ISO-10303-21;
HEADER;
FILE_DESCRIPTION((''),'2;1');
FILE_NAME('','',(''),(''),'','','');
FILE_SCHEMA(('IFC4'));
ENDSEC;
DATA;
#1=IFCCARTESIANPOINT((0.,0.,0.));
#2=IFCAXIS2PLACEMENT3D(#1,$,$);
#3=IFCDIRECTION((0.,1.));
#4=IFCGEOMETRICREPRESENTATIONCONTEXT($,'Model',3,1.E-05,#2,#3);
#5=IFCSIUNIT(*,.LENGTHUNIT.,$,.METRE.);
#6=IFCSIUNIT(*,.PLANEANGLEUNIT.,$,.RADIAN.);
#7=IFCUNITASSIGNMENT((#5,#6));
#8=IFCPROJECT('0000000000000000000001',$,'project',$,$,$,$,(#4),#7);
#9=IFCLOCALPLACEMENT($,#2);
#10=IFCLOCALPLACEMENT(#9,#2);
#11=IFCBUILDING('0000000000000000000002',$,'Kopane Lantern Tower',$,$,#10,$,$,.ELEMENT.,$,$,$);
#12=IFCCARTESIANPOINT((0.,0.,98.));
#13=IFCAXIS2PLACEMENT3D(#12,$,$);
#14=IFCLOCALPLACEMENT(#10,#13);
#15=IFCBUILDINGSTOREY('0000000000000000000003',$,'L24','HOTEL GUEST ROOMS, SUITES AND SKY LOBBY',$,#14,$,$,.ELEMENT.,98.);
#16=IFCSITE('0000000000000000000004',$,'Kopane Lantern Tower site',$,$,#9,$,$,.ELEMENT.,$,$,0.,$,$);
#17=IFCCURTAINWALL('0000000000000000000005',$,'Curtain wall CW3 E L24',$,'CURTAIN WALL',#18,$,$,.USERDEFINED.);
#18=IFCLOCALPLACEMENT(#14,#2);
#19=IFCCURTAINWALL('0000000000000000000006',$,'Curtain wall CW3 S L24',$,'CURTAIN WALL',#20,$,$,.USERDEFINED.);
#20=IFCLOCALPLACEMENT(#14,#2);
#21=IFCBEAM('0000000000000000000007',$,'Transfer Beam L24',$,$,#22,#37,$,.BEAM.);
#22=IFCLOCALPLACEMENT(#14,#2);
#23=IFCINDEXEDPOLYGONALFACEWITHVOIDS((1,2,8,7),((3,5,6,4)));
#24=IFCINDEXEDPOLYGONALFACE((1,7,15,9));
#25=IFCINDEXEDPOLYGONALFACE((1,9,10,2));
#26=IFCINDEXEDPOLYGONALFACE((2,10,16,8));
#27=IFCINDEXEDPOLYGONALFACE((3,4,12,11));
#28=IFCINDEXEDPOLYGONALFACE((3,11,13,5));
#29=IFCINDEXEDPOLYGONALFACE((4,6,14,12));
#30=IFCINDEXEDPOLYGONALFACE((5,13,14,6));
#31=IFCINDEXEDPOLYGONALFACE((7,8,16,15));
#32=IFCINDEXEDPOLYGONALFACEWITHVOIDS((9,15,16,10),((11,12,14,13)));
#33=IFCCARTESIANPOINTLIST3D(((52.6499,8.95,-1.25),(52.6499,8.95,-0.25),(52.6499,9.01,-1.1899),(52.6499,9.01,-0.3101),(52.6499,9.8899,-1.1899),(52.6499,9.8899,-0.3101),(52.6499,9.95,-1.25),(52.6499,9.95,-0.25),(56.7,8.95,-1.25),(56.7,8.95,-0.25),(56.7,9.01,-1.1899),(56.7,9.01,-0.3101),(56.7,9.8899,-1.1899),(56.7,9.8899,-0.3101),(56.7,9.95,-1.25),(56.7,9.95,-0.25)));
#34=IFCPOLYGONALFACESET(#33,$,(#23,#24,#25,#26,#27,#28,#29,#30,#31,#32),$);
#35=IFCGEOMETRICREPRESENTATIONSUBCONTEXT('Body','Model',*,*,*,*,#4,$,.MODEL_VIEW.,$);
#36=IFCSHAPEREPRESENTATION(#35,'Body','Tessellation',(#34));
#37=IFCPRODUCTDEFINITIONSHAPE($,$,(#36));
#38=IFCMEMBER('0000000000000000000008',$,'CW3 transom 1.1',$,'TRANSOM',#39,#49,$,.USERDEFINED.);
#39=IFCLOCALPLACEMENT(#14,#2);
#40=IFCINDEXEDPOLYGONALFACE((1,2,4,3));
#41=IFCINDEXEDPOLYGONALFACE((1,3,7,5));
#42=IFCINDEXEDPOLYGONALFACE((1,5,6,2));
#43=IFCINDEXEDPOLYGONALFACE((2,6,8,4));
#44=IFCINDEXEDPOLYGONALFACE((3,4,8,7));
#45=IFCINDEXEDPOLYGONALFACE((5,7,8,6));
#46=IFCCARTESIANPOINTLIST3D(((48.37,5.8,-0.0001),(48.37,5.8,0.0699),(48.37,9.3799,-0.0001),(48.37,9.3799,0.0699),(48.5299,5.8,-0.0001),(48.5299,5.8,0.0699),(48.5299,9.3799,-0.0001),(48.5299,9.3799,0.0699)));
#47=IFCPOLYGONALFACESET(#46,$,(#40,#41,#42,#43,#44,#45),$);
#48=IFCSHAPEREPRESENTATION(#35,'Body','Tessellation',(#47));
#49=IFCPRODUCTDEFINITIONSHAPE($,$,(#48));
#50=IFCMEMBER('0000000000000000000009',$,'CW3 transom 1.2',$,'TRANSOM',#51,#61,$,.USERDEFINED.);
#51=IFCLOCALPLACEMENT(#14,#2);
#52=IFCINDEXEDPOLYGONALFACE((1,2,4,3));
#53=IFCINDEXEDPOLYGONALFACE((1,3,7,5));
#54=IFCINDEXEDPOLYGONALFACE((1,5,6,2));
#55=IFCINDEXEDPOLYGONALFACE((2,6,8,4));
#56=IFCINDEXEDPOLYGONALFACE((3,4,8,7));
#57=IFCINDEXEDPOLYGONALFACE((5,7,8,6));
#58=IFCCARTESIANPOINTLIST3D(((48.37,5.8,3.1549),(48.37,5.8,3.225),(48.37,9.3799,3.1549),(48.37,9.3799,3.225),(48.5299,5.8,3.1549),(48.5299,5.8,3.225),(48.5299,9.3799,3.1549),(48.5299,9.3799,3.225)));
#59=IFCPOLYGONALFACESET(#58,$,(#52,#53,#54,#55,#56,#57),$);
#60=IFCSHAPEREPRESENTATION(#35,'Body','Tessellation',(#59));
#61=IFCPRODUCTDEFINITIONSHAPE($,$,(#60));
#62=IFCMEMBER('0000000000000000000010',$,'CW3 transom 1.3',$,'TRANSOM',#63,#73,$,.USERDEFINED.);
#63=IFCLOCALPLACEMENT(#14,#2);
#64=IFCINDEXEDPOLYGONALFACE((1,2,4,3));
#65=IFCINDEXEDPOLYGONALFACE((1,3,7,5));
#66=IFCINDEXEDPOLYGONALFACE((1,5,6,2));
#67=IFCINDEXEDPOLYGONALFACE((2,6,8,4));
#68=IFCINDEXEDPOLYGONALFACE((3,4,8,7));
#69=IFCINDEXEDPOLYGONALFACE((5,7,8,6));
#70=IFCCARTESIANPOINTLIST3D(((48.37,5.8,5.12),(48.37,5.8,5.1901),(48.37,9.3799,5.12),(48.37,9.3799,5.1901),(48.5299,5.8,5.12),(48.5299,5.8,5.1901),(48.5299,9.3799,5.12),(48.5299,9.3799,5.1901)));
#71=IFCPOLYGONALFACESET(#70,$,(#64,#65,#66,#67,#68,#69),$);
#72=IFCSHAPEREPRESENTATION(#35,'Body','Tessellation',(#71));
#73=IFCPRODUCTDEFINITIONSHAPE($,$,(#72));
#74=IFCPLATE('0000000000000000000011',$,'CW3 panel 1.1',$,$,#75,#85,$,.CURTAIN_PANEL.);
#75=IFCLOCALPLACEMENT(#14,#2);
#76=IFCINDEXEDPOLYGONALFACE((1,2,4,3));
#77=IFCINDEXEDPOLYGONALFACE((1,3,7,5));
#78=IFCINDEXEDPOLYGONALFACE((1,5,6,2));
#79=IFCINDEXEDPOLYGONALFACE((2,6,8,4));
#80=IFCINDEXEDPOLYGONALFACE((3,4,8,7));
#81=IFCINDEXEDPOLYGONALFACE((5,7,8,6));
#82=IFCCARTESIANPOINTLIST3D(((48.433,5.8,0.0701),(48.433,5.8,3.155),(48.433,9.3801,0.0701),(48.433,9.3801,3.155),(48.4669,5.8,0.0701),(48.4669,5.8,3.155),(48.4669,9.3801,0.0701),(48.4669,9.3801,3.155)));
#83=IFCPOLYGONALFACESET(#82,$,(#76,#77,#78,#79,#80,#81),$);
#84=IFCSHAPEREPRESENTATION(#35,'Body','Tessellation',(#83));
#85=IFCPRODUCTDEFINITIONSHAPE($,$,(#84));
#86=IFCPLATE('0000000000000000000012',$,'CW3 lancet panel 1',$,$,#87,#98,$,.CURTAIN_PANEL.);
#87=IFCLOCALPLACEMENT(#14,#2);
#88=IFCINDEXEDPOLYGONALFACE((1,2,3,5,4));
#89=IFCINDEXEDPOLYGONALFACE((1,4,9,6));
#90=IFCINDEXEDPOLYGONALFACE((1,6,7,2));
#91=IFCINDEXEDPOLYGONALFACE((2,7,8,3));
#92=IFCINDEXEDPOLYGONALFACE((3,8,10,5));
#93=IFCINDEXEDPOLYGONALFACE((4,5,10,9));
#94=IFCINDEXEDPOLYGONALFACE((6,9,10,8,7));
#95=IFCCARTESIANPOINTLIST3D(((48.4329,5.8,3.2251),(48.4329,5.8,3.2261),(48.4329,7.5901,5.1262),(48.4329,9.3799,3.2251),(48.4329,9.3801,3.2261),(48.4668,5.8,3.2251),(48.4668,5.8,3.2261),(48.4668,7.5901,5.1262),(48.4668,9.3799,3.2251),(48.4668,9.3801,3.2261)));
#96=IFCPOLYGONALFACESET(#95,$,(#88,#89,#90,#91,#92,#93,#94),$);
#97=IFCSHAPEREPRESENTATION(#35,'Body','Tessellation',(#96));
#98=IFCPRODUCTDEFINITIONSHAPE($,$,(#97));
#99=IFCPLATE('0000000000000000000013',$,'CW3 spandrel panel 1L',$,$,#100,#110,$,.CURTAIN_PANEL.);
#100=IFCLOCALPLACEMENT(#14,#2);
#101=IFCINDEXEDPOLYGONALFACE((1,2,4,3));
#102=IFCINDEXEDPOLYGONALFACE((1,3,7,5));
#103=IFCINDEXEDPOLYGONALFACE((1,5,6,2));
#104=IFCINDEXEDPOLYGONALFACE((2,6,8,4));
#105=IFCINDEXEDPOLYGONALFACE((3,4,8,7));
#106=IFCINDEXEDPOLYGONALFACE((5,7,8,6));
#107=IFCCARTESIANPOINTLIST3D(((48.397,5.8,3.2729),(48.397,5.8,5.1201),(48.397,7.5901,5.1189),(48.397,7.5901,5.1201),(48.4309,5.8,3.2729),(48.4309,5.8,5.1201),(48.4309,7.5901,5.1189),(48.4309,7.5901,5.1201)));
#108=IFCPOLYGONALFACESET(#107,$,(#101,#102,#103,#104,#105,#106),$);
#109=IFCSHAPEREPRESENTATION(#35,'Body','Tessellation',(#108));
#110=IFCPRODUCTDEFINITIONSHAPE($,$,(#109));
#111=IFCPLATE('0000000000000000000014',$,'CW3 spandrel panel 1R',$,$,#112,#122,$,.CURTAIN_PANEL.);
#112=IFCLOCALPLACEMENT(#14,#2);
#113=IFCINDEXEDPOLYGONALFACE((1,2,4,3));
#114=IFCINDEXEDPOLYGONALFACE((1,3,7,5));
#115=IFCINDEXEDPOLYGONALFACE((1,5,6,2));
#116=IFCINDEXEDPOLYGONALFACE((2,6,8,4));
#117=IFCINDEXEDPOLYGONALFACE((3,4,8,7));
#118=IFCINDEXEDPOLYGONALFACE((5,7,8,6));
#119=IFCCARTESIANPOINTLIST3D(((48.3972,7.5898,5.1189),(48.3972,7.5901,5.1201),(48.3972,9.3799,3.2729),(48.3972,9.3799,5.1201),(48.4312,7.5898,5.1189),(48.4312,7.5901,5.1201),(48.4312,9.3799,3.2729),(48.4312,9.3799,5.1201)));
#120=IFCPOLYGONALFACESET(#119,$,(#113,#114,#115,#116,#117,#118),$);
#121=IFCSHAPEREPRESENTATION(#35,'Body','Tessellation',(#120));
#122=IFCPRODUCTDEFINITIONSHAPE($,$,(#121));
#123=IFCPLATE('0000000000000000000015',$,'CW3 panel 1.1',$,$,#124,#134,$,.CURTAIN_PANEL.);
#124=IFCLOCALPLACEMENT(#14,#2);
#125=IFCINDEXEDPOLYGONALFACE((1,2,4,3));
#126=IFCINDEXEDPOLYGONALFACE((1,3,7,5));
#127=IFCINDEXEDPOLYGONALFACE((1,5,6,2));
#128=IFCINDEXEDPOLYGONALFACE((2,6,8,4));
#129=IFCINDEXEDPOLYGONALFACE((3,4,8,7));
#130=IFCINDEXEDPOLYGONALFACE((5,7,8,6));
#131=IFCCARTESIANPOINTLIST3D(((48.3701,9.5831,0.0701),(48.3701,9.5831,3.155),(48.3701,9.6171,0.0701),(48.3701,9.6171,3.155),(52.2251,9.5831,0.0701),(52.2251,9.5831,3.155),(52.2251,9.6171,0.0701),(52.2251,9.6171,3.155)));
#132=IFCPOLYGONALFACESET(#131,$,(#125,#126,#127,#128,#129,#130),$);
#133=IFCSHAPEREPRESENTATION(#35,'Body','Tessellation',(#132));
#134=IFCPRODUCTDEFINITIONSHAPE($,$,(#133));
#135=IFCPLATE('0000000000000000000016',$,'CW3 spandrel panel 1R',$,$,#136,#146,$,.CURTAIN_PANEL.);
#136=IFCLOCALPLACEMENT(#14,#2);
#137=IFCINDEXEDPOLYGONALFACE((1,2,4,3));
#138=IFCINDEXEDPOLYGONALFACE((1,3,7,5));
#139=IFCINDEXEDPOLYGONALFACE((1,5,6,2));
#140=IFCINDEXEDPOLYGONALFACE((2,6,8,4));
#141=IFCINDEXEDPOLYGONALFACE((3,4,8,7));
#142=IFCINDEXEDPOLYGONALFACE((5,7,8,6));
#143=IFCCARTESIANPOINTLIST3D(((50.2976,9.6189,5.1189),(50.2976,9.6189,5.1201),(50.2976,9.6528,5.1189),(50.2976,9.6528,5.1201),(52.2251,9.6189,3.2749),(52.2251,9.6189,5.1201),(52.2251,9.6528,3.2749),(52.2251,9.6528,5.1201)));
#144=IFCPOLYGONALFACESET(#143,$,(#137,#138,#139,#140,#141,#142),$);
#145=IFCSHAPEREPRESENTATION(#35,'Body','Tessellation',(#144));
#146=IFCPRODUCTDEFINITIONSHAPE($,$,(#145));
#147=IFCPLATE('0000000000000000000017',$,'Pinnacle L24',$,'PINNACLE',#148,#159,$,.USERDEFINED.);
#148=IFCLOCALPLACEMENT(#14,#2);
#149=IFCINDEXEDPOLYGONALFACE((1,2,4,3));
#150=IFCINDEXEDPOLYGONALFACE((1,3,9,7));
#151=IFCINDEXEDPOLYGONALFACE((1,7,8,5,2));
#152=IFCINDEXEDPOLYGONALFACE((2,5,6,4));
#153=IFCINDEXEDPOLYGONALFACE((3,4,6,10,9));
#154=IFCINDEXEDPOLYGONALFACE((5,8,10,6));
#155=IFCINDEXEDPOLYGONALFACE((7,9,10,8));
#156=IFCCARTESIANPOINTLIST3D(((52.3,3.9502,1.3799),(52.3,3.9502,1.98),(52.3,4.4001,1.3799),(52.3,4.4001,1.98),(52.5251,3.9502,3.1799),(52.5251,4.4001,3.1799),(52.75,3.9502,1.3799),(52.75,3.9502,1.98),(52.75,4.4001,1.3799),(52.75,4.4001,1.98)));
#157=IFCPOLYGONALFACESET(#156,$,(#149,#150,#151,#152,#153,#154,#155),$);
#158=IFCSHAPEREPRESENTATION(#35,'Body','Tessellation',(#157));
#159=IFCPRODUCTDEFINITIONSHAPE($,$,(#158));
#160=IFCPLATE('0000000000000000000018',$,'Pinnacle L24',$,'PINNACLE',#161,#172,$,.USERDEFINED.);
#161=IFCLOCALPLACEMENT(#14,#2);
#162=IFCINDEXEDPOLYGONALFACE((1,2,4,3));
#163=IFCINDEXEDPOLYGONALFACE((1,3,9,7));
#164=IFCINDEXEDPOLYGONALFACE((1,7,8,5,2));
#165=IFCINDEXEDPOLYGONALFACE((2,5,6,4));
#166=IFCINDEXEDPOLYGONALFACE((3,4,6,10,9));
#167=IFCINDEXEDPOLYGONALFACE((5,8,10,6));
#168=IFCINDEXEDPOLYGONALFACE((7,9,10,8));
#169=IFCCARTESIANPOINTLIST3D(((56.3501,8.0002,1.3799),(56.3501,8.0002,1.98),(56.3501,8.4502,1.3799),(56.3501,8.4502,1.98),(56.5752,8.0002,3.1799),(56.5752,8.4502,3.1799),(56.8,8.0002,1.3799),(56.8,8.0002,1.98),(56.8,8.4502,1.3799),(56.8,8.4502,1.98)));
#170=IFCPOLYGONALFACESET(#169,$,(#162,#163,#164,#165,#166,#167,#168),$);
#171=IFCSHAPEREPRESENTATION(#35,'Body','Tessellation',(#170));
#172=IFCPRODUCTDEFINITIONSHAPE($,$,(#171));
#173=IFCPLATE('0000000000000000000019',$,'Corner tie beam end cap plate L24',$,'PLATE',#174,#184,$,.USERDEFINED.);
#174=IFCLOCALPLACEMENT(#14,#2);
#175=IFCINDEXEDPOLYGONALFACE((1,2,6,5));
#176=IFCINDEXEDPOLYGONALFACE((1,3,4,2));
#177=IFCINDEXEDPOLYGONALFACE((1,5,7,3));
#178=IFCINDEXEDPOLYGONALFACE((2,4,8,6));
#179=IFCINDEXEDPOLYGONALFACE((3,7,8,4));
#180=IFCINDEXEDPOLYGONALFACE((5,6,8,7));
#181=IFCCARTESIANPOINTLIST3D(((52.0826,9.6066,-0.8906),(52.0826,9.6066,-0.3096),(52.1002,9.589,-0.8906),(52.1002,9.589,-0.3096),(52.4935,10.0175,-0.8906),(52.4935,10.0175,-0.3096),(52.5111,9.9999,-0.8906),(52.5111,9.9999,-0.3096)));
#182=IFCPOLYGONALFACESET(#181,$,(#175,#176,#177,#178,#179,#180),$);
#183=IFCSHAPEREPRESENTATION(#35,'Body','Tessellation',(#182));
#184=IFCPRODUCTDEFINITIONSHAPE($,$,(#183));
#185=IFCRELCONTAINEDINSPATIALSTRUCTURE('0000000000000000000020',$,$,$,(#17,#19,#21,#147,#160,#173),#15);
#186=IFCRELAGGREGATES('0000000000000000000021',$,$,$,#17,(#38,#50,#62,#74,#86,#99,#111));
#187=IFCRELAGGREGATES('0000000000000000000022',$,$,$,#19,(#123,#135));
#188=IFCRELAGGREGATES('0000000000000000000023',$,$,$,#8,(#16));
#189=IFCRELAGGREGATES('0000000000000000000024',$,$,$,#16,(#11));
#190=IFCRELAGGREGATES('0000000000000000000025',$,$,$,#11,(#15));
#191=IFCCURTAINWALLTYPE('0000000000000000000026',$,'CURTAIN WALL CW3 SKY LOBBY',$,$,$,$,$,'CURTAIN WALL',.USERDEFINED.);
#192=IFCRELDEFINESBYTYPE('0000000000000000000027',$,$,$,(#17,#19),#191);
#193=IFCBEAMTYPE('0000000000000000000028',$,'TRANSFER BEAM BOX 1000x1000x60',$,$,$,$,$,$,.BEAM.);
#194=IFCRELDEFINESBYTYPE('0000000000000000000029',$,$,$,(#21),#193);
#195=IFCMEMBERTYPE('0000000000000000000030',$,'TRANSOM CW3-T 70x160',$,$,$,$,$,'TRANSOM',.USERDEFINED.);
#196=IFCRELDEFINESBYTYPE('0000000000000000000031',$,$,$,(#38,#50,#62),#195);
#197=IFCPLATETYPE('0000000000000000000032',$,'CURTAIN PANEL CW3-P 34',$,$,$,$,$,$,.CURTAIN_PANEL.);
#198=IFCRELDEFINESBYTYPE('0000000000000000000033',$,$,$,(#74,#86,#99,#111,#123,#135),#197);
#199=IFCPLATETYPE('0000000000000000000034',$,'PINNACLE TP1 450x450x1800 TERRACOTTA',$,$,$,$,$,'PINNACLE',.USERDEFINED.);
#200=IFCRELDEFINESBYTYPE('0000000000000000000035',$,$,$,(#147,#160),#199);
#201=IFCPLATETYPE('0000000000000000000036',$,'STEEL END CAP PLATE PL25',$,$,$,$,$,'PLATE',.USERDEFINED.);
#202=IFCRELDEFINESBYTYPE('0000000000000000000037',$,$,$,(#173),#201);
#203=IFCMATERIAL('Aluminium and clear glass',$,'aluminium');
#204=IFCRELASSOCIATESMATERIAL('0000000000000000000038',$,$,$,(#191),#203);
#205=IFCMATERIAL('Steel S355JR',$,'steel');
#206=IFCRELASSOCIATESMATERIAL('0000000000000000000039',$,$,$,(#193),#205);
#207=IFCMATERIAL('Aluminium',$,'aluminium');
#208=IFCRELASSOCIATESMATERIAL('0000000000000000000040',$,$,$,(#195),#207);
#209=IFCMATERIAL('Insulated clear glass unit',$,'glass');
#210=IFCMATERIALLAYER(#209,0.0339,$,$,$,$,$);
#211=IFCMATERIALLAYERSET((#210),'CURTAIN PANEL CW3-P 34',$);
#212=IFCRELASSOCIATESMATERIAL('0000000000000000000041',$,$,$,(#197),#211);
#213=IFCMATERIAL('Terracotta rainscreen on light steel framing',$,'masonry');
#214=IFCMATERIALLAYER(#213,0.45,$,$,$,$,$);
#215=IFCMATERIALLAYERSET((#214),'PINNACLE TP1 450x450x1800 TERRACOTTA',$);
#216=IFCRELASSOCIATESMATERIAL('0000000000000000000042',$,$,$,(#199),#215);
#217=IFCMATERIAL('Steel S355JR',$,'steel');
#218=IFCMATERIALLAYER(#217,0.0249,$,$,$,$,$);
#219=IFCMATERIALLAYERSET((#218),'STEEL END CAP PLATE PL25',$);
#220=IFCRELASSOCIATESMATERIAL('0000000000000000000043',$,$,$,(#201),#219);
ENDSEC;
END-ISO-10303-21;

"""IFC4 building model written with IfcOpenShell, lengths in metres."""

from ifc_helpers import new_model, si_unit, direction, frame, origin, origin_2d, place, context, subcontext, project, spatial, polyline, rectangle, hollow_rectangle, outline, extrude, material, layer, layer_set, material_profile, profile_set, type_object, element, aggregate, save


model = new_model("IFC4")

# Units and contexts
model_context = context("Model", 3, precision=1e-05, world=origin(), true_north=direction((0.0, 1.0)))
body_context = subcontext(model_context, "Body", "Model", "MODEL_VIEW")
ifc_project = project(units=[si_unit("LENGTHUNIT", "METRE"), si_unit("PLANEANGLEUNIT", "RADIAN")], contexts=[model_context])

# Site, building, storey
site_placement = place(None, origin())
site = spatial("IfcSite", under=ifc_project, at=site_placement, Name="Kopane Lantern Tower site", CompositionType="ELEMENT", RefElevation=0.0)
building_placement = place(site_placement, origin())
building = spatial("IfcBuilding", under=site, at=building_placement, Name="Kopane Lantern Tower", CompositionType="ELEMENT")
storey_placement = place(building_placement, frame((0.0, 0.0, 98.0)))
storey = spatial("IfcBuildingStorey", under=building, at=storey_placement, Name="L24", Description="HOTEL GUEST ROOMS, SUITES AND SKY LOBBY", CompositionType="ELEMENT", Elevation=98.0)

# Curtain walls
ifc_material_1 = material(Name="Aluminium and clear glass", Category="aluminium")
curtain_wall_type = type_object("IfcCurtainWallType", Name="CURTAIN WALL CW3 SKY LOBBY", ElementType="CURTAIN WALL", PredefinedType="USERDEFINED", material=ifc_material_1)
curtain_wall_1_placement = place(storey_placement, origin())
curtain_wall_1 = element("IfcCurtainWall", 1, at=curtain_wall_1_placement, inside=storey, type_object=curtain_wall_type, Name="Curtain wall CW3 E L24", ObjectType="CURTAIN WALL", PredefinedType="USERDEFINED")
curtain_wall_2_placement = place(storey_placement, origin())
curtain_wall_2 = element("IfcCurtainWall", 2, at=curtain_wall_2_placement, inside=storey, type_object=curtain_wall_type, Name="Curtain wall CW3 S L24", ObjectType="CURTAIN WALL", PredefinedType="USERDEFINED")

# Beam
ifc_material_2 = material(Name="Steel S355JR", Category="steel")
ifc_material_profile_1 = material_profile(ifc_material_2, hollow_rectangle(XDim=1.0, YDim=1.0, WallThickness=0.0601, at=origin_2d()), Name="BOX 1000x1000x60")
ifc_profile_set_1 = profile_set([ifc_material_profile_1], Name="Steel S355JR")
beam_type_1 = type_object("IfcBeamType", Name="TRANSFER BEAM BOX 1000x1000x60", PredefinedType="BEAM", material=ifc_profile_set_1)
beam_1_placement = place(storey_placement, frame((52.6499, 9.45, -0.75), z_axis=(1.0, 0.0, 0.0), x_axis=(0.0, 1.0, 0.0)))
element("IfcBeam", 3, at=beam_1_placement, inside=storey, type_object=beam_type_1, Name="Transfer Beam L24", PredefinedType="BEAM", context=body_context, shape_type="SweptSolid", body=[
    extrude(hollow_rectangle(XDim=1.0, YDim=1.0, WallThickness=0.0601, at=origin_2d()), origin(), (0.0, 0.0, 1.0), 4.05),
])

# Members
ifc_material_3 = material(Name="Aluminium", Category="aluminium")
ifc_material_profile_2 = material_profile(ifc_material_3, rectangle(XDim=0.1599, YDim=0.0701, at=origin_2d()), Name="AL 160x70")
ifc_profile_set_2 = profile_set([ifc_material_profile_2], Name="Aluminium")
member_type_1 = type_object("IfcMemberType", Name="TRANSOM CW3-T 70x160", ElementType="TRANSOM", PredefinedType="USERDEFINED", material=ifc_profile_set_2)
member_1_placement = place(storey_placement, frame((48.45, 5.8, 0.0349), z_axis=(0.0, 1.0, 0.0), x_axis=(-1.0, 0.0, 0.0)))
member_1 = element("IfcMember", 4, at=member_1_placement, type_object=member_type_1, Name="CW3 transom 1.1", ObjectType="TRANSOM", PredefinedType="USERDEFINED", context=body_context, shape_type="SweptSolid", body=[
    extrude(rectangle(XDim=0.1599, YDim=0.0701, at=origin_2d()), origin(), (0.0, 0.0, 1.0), 3.5798),
])
member_2_placement = place(storey_placement, frame((48.45, 5.8, 3.1899), z_axis=(0.0, 1.0, 0.0), x_axis=(-1.0, 0.0, 0.0)))
member_2 = element("IfcMember", 5, at=member_2_placement, type_object=member_type_1, Name="CW3 transom 1.2", ObjectType="TRANSOM", PredefinedType="USERDEFINED", context=body_context, shape_type="SweptSolid", body=[
    extrude(rectangle(XDim=0.1599, YDim=0.0701, at=origin_2d()), origin(), (0.0, 0.0, 1.0), 3.5798),
])
member_3_placement = place(storey_placement, frame((48.45, 5.8, 5.155), z_axis=(0.0, 1.0, 0.0), x_axis=(-1.0, 0.0, 0.0)))
member_3 = element("IfcMember", 6, at=member_3_placement, type_object=member_type_1, Name="CW3 transom 1.3", ObjectType="TRANSOM", PredefinedType="USERDEFINED", context=body_context, shape_type="SweptSolid", body=[
    extrude(rectangle(XDim=0.1599, YDim=0.0701, at=origin_2d()), origin(), (0.0, 0.0, 1.0), 3.5798),
])

# Plates
ifc_material_4 = material(Name="Insulated clear glass unit", Category="glass")
ifc_layer_1 = layer(ifc_material_4, 0.0339)
ifc_layer_set_1 = layer_set([ifc_layer_1], Name="CURTAIN PANEL CW3-P 34")
plate_type_1 = type_object("IfcPlateType", Name="CURTAIN PANEL CW3-P 34", PredefinedType="CURTAIN_PANEL", material=ifc_layer_set_1)
plate_1_placement = place(storey_placement, frame((48.45, 7.5901, 0.0701), z_axis=(0.0, 0.0, 1.0), x_axis=(0.0, 1.0, 0.0)))
plate_1 = element("IfcPlate", 7, at=plate_1_placement, type_object=plate_type_1, Name="CW3 panel 1.1", PredefinedType="CURTAIN_PANEL", context=body_context, shape_type="SweptSolid", body=[
    extrude(rectangle(XDim=3.5801, YDim=0.0339, at=origin_2d()), origin(), (0.0, 0.0, 1.0), 3.085),
])
plate_2_placement = place(storey_placement, frame((48.45, 5.8, 3.2251), z_axis=(0.0, 0.0, 1.0), x_axis=(0.0, 1.0, 0.0)))
plate_2 = element("IfcPlate", 8, at=plate_2_placement, type_object=plate_type_1, Name="CW3 lancet panel 1", PredefinedType="CURTAIN_PANEL", context=body_context, shape_type="SweptSolid", body=[
    extrude(outline(polyline([(0.0, 0.0), (3.5798, 0.0), (3.5801, 0.001), (1.79, 1.9011), (0.0, 0.001), (0.0, 0.0)])), frame((0.0, 0.0171, 0.0), z_axis=(0.0, -1.0, 0.0), x_axis=(1.0, 0.0, 0.0)), (0.0, 0.0, 1.0), 0.0339),
])
plate_3_placement = place(storey_placement, frame((48.4141, 5.8, 5.1201), z_axis=(0.0, 0.0, 1.0), x_axis=(0.0, 1.0, 0.0)))
plate_3 = element("IfcPlate", 9, at=plate_3_placement, type_object=plate_type_1, Name="CW3 spandrel panel 1L", PredefinedType="CURTAIN_PANEL", context=body_context, shape_type="SweptSolid", body=[
    extrude(outline(polyline([(0.0, 0.0), (1.79, 0.0), (1.79, -0.0012), (0.0, -1.8472), (0.0, 0.0)])), frame((0.0, 0.0171, 0.0), z_axis=(0.0, -1.0, 0.0), x_axis=(1.0, 0.0, 0.0)), (0.0, 0.0, 1.0), 0.0339),
])
plate_4_placement = place(storey_placement, frame((48.4141, 9.3799, 5.1201), z_axis=(0.0, 0.0, 1.0), x_axis=(0.0, -1.0, 0.0)))
plate_4 = element("IfcPlate", 10, at=plate_4_placement, type_object=plate_type_1, Name="CW3 spandrel panel 1R", PredefinedType="CURTAIN_PANEL", context=body_context, shape_type="SweptSolid", body=[
    extrude(outline(polyline([(0.0, 0.0), (1.7898, 0.0), (1.79, -0.0012), (0.0, -1.8472), (0.0, 0.0)])), frame((0.0, 0.0171, 0.0), z_axis=(0.0, -1.0, 0.0), x_axis=(1.0, 0.0, 0.0)), (0.0, 0.0, 1.0), 0.0339),
])
aggregate(curtain_wall_1, [member_1, member_2, member_3, plate_1, plate_2, plate_3, plate_4])
plate_5_placement = place(storey_placement, frame((50.2976, 9.6001, 0.0701), z_axis=(0.0, 0.0, 1.0), x_axis=(1.0, 0.0, 0.0)))
plate_5 = element("IfcPlate", 11, at=plate_5_placement, type_object=plate_type_1, Name="CW3 panel 1.1", PredefinedType="CURTAIN_PANEL", context=body_context, shape_type="SweptSolid", body=[
    extrude(rectangle(XDim=3.855, YDim=0.0339, at=origin_2d()), origin(), (0.0, 0.0, 1.0), 3.085),
])
plate_6_placement = place(storey_placement, frame((52.2251, 9.636, 5.1201), z_axis=(0.0, 0.0, 1.0), x_axis=(-1.0, 0.0, 0.0)))
plate_6 = element("IfcPlate", 12, at=plate_6_placement, type_object=plate_type_1, Name="CW3 spandrel panel 1R", PredefinedType="CURTAIN_PANEL", context=body_context, shape_type="SweptSolid", body=[
    extrude(outline(polyline([(0.0, 0.0), (1.9275, 0.0), (1.9275, -0.0012), (0.0, -1.8452), (0.0, 0.0)])), frame((0.0, 0.0171, 0.0), z_axis=(0.0, -1.0, 0.0), x_axis=(1.0, 0.0, 0.0)), (0.0, 0.0, 1.0), 0.0339),
])
aggregate(curtain_wall_2, [plate_5, plate_6])

# Plates
ifc_material_5 = material(Name="Terracotta rainscreen on light steel framing", Category="masonry")
ifc_layer_2 = layer(ifc_material_5, 0.45)
ifc_layer_set_2 = layer_set([ifc_layer_2], Name="PINNACLE TP1 450x450x1800 TERRACOTTA")
plate_type_2 = type_object("IfcPlateType", Name="PINNACLE TP1 450x450x1800 TERRACOTTA", ElementType="PINNACLE", PredefinedType="USERDEFINED", material=ifc_layer_set_2)
for number, where, z_axis, x_axis, name in (
    (13, (52.3, 4.175, 1.3799), (0.0, 0.0, 1.0), (1.0, 0.0, 0.0), "Pinnacle L24"),
    (14, (56.3501, 8.2251, 1.3799), (0.0, 0.0, 1.0), (1.0, 0.0, 0.0), "Pinnacle L24"),
):
    element("IfcPlate", number, at=place(storey_placement, frame(where, z_axis=z_axis, x_axis=x_axis)), inside=storey, type_object=plate_type_2, Name=name, ObjectType="PINNACLE", PredefinedType="USERDEFINED", context=body_context, shape_type="SweptSolid", body=[
        extrude(outline(polyline([(0.0, 0.0), (0.45, 0.0), (0.45, 0.6001), (0.2251, 1.8), (0.0, 0.6001), (0.0, 0.0)])), frame((0.0, 0.2251, 0.0), z_axis=(0.0, -1.0, 0.0), x_axis=(1.0, 0.0, 0.0)), (0.0, 0.0, 1.0), 0.45),
    ])
ifc_material_6 = material(Name="Steel S355JR", Category="steel")
ifc_layer_3 = layer(ifc_material_6, 0.0249)
ifc_layer_set_3 = layer_set([ifc_layer_3], Name="STEEL END CAP PLATE PL25")
plate_type_3 = type_object("IfcPlateType", Name="STEEL END CAP PLATE PL25", ElementType="PLATE", PredefinedType="USERDEFINED", material=ifc_layer_set_3)
plate_7_placement = place(storey_placement, frame((52.2969, 9.8032, -0.8906), z_axis=(0.0, 0.0, 1.0), x_axis=(0.707107, -0.707107, 0.0)))
element("IfcPlate", 15, at=plate_7_placement, inside=storey, type_object=plate_type_3, Name="Corner tie beam end cap plate L24", ObjectType="PLATE", PredefinedType="USERDEFINED", context=body_context, shape_type="SweptSolid", body=[
    extrude(rectangle(XDim=0.0249, YDim=0.5811, at=origin_2d()), origin(), (0.0, 0.0, 1.0), 0.5811),
])

save(model, "model.ifc")
